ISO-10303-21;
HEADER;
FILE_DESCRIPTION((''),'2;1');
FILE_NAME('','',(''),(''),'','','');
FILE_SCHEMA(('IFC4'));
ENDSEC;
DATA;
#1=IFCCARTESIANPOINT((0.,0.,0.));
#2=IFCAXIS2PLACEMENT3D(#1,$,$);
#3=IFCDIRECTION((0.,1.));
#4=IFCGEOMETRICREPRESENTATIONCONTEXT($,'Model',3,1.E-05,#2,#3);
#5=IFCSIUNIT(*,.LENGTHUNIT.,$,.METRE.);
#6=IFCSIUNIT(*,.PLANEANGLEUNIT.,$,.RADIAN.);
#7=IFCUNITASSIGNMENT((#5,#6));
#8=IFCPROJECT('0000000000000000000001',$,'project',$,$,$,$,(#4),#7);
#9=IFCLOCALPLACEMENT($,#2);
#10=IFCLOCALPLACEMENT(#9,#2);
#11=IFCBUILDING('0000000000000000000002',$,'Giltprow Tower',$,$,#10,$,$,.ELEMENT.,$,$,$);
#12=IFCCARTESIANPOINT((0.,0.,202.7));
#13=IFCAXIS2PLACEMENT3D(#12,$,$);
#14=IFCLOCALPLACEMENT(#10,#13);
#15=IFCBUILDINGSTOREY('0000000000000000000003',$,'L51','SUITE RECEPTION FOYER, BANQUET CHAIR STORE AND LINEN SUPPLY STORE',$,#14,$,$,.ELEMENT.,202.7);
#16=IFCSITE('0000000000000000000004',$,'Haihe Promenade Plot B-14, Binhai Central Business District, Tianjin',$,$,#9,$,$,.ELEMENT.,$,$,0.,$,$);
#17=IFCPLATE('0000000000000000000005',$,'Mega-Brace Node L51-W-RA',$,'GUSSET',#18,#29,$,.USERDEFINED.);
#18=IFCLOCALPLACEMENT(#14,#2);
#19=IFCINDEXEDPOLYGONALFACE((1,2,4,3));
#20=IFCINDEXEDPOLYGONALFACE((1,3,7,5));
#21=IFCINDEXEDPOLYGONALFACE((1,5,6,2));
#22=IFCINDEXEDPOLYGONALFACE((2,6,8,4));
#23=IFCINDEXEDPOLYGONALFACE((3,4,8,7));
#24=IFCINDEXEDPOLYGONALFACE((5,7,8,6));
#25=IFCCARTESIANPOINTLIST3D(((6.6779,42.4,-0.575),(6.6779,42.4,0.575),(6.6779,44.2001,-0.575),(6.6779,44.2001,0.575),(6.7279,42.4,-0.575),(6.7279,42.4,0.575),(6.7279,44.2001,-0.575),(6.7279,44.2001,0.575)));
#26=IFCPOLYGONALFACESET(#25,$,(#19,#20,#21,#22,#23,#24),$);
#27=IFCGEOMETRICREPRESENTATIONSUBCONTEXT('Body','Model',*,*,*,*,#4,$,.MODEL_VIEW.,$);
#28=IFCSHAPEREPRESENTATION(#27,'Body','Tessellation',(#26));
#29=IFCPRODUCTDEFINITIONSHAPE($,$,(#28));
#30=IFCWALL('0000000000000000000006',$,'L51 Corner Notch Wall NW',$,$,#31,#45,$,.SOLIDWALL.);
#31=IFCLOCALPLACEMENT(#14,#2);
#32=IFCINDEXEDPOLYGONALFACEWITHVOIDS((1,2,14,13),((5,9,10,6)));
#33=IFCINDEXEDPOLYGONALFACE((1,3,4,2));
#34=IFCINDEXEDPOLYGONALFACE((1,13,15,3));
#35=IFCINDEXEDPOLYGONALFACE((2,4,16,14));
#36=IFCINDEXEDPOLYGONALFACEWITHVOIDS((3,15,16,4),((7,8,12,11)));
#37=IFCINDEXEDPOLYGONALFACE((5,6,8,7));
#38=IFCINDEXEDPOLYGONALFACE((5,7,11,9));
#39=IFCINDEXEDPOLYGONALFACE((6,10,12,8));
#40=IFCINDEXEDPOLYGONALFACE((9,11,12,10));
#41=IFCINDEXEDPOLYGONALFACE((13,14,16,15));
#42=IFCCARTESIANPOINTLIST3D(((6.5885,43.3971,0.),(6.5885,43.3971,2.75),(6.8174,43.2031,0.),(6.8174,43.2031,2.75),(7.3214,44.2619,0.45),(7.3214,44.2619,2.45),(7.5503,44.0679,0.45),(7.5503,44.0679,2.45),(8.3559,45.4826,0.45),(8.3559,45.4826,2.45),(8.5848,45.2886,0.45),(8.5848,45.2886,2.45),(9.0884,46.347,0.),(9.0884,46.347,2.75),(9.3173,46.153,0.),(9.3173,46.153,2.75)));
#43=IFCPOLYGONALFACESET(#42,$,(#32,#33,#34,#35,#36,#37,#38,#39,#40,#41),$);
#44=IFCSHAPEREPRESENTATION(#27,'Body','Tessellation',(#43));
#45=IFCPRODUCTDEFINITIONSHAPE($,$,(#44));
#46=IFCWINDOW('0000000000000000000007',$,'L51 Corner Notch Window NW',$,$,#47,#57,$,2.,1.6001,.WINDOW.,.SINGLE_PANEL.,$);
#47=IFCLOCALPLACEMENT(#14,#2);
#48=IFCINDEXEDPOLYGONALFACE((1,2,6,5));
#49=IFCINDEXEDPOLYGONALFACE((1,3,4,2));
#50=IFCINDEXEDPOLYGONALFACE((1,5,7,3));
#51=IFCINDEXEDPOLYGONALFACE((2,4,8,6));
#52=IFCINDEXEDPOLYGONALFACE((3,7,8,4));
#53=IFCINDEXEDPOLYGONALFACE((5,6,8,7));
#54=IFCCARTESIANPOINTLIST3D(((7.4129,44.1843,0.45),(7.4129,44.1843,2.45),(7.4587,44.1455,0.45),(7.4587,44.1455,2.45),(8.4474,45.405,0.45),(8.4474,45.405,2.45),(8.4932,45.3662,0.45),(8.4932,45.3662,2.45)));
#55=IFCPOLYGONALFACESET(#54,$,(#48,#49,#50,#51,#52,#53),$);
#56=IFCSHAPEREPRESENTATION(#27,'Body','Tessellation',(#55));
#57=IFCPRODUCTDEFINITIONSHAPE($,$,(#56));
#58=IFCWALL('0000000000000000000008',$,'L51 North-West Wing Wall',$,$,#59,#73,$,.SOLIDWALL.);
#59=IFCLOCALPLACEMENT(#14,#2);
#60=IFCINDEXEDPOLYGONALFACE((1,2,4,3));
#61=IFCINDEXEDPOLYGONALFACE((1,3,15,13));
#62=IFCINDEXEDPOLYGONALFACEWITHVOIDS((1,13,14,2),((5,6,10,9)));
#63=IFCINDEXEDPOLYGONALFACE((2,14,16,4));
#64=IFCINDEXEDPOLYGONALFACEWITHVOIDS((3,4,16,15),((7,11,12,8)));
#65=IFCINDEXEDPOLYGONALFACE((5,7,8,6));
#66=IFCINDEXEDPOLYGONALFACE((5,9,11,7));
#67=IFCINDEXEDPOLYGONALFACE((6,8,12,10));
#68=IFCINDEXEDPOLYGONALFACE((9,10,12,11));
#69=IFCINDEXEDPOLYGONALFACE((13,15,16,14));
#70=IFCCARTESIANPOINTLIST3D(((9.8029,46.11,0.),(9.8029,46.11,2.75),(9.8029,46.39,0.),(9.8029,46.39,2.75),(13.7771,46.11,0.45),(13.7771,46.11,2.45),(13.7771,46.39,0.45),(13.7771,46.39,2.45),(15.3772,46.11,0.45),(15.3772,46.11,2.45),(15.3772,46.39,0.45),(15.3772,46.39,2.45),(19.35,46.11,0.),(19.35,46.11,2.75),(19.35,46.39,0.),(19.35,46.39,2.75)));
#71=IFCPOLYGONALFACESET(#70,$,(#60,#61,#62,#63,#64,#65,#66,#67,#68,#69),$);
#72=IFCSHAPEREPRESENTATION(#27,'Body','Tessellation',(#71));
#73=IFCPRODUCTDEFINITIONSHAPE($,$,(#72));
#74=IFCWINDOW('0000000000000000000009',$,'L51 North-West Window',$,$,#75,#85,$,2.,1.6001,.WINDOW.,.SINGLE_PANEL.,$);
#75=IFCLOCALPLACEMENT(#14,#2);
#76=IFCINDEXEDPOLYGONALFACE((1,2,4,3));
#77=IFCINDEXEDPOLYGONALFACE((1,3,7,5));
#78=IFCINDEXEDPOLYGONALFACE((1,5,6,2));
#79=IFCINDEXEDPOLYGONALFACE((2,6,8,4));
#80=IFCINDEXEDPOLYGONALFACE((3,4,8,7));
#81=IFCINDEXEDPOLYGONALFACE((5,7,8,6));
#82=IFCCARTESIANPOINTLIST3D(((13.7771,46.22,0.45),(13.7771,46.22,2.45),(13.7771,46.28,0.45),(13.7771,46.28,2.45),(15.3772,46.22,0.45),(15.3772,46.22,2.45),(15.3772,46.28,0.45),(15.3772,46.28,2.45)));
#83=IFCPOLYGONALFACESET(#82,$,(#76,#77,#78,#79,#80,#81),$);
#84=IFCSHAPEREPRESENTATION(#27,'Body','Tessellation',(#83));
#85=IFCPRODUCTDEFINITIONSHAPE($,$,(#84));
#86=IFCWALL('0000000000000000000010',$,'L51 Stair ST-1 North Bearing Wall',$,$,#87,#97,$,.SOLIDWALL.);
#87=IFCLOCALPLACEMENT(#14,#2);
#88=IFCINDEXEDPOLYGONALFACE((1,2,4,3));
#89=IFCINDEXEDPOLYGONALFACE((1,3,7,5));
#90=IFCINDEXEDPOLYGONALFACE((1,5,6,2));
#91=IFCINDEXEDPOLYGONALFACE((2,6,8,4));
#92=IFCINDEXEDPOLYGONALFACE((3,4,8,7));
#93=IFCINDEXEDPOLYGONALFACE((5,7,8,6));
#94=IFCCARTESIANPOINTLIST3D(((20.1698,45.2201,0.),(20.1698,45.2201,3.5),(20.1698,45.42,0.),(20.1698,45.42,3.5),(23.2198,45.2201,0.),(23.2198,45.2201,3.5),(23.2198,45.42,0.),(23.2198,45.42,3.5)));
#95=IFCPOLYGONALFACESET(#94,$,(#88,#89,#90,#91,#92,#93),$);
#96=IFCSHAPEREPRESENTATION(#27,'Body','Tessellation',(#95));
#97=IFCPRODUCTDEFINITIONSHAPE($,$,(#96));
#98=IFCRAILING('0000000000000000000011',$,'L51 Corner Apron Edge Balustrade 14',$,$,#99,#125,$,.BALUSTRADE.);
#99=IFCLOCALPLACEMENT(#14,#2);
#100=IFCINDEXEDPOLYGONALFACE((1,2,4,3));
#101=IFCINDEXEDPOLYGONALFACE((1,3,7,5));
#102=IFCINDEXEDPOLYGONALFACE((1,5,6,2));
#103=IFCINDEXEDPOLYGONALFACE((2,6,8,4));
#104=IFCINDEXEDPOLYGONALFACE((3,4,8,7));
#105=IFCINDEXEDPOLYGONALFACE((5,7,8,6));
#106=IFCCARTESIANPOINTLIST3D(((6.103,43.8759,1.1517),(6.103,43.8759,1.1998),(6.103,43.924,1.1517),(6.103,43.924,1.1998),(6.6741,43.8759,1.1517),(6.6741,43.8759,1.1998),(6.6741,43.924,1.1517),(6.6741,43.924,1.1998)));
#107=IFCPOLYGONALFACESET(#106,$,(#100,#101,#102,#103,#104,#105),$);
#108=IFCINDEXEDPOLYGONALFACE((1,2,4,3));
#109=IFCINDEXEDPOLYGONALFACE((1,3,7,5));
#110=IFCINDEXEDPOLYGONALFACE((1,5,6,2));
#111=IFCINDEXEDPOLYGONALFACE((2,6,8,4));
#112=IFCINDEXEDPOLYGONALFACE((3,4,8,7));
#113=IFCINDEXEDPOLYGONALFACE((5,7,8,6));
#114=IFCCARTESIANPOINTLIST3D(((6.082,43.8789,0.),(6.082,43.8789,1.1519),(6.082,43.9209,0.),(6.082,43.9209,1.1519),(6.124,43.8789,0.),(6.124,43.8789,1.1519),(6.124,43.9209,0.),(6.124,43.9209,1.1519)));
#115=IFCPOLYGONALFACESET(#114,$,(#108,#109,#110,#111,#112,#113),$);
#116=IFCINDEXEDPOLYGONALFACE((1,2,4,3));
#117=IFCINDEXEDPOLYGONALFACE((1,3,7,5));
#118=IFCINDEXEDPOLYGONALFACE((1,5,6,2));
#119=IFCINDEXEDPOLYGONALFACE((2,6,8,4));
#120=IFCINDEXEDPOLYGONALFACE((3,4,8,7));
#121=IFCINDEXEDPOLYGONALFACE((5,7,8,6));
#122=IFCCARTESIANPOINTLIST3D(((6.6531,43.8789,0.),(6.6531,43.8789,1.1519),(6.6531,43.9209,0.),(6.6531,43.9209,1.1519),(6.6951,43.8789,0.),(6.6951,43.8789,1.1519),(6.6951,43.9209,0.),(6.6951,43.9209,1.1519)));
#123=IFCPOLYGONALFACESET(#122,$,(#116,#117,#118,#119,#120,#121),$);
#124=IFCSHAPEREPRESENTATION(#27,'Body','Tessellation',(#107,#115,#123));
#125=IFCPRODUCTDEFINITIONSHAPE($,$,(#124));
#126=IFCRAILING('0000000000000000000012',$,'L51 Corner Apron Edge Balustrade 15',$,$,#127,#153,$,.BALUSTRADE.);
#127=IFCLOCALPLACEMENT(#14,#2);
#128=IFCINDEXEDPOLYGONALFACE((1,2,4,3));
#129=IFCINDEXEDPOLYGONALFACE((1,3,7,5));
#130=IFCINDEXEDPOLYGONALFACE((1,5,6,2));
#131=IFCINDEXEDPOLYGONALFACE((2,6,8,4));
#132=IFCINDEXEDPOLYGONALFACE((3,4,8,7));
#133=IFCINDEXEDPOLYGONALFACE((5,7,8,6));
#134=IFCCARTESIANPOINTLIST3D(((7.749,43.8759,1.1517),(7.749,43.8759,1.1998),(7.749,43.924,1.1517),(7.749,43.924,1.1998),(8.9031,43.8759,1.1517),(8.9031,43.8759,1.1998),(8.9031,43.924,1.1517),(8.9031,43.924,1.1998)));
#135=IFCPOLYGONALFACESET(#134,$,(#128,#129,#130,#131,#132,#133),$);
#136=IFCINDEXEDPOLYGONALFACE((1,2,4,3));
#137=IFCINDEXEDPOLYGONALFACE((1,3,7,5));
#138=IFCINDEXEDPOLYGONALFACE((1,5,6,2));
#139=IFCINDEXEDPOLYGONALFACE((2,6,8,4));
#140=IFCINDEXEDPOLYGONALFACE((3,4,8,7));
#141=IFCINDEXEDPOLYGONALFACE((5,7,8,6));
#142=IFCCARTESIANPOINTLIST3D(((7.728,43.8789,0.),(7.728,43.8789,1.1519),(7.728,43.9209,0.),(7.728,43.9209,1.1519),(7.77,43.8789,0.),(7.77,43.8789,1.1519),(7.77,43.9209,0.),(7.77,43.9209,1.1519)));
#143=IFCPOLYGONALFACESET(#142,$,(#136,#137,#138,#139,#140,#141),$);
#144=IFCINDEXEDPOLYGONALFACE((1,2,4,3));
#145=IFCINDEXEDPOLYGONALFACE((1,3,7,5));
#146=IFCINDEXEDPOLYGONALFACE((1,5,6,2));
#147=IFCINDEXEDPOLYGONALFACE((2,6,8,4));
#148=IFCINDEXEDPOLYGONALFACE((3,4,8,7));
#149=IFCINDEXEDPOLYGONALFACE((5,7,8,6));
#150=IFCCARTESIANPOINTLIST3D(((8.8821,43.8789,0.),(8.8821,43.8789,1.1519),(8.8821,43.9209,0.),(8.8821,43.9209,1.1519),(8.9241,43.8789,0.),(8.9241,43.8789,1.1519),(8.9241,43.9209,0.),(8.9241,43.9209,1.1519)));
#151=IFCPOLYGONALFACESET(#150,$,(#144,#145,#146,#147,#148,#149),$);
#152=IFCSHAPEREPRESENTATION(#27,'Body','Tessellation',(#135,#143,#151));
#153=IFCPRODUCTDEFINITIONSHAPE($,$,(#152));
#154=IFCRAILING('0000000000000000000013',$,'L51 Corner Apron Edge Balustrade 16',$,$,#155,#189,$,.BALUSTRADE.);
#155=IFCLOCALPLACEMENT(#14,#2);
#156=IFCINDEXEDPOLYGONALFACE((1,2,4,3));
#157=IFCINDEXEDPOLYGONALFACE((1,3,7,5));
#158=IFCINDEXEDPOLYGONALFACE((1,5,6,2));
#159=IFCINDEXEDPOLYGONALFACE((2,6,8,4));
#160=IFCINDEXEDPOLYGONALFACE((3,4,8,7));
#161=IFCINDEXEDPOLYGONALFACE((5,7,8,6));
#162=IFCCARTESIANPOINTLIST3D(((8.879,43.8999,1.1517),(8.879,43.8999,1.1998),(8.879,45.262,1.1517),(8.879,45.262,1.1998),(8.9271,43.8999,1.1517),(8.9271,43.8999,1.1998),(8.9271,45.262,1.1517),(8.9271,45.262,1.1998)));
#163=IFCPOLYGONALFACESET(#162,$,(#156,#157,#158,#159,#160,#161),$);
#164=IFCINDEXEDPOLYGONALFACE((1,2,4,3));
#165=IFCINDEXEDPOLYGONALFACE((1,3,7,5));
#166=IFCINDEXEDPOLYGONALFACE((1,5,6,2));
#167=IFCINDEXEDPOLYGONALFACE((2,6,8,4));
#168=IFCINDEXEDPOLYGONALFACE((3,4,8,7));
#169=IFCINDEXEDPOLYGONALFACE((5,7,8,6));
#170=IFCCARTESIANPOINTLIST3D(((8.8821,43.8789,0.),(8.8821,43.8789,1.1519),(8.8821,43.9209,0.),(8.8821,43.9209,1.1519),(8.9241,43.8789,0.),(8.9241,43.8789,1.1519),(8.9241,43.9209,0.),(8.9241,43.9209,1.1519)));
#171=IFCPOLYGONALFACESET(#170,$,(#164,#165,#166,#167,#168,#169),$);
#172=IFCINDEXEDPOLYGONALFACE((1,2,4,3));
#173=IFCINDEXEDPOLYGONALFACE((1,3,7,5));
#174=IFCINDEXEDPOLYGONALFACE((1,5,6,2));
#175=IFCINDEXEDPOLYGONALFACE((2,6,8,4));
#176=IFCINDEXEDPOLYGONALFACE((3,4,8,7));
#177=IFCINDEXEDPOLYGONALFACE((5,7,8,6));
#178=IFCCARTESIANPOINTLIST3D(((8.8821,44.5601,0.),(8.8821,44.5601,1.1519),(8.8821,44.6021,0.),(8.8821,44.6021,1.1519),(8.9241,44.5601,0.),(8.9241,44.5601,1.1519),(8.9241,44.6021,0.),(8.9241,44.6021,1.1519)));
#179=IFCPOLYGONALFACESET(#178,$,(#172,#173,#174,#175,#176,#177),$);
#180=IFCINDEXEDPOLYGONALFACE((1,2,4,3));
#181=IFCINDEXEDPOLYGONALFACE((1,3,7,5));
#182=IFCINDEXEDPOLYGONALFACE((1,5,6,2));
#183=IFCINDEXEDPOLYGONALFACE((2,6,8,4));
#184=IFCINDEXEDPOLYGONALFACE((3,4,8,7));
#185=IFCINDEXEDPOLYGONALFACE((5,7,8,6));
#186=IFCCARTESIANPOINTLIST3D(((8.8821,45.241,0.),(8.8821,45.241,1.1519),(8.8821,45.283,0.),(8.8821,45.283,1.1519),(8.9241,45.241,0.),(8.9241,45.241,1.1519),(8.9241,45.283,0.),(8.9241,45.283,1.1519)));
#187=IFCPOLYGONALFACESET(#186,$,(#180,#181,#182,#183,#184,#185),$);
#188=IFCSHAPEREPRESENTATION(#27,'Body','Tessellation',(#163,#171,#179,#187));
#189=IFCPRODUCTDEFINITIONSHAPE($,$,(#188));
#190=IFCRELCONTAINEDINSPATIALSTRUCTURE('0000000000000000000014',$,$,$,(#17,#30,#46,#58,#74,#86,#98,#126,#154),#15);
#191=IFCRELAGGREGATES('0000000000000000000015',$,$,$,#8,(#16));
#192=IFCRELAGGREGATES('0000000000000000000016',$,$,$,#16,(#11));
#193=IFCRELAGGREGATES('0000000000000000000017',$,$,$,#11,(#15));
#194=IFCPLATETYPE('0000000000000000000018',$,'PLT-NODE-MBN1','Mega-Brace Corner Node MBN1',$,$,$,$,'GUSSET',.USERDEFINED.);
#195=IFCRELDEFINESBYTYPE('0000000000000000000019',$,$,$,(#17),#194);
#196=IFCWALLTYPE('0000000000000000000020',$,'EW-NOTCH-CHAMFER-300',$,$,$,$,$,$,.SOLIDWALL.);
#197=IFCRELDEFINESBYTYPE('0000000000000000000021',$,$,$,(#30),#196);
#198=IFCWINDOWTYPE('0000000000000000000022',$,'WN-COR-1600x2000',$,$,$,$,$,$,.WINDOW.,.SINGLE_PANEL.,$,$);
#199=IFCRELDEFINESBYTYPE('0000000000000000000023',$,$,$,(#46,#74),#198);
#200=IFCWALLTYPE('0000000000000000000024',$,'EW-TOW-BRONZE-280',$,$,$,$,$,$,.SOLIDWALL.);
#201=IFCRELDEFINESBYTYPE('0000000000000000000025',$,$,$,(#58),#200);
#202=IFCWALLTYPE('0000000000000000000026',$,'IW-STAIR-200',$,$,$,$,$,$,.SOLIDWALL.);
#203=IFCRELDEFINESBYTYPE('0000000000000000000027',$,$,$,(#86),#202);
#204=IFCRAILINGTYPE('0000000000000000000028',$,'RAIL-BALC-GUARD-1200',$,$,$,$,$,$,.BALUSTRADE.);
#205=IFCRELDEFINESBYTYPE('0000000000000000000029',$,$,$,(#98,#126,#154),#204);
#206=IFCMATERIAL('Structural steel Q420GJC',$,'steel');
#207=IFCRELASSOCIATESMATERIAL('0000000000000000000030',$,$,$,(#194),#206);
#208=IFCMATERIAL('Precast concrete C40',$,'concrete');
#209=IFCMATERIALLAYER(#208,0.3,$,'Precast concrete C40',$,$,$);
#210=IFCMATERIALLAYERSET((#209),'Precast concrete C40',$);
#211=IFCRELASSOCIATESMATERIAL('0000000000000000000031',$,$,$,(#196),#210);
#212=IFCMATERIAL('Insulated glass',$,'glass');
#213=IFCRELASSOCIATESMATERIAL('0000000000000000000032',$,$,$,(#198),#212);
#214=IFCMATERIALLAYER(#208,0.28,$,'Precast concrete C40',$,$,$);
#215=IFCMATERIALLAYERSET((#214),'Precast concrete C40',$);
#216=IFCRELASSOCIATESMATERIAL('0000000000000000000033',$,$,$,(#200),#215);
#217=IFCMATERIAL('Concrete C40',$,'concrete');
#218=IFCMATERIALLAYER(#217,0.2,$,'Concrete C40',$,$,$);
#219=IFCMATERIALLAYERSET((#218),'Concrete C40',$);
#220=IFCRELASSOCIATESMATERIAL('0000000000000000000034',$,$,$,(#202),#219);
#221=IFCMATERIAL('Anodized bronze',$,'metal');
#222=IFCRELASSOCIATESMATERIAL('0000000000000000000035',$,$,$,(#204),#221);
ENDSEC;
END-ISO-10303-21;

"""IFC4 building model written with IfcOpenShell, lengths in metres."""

from ifc_helpers import new_model, si_unit, direction, frame, frame_2d, origin, origin_2d, place, context, subcontext, project, spatial, rectangle, extrude, source, transform, mapped, material, layer, layer_set, type_object, element, fill, save


model = new_model("IFC4")

# Units and contexts
model_context = context("Model", 3, precision=1e-05, world=origin(), true_north=direction((0.0, 1.0)))
body_context = subcontext(model_context, "Body", "Model", "MODEL_VIEW")
ifc_project = project(units=[si_unit("LENGTHUNIT", "METRE"), si_unit("PLANEANGLEUNIT", "RADIAN")], contexts=[model_context])

# Site, building, storey
site_placement = place(None, origin())
site = spatial("IfcSite", under=ifc_project, at=site_placement, Name="Haihe Promenade Plot B-14, Binhai Central Business District, Tianjin", CompositionType="ELEMENT", RefElevation=0.0)
building_placement = place(site_placement, origin())
building = spatial("IfcBuilding", under=site, at=building_placement, Name="Giltprow Tower", CompositionType="ELEMENT")
storey_placement = place(building_placement, frame((0.0, 0.0, 202.7)))
storey = spatial("IfcBuildingStorey", under=building, at=storey_placement, Name="L51", Description="SUITE RECEPTION FOYER, BANQUET CHAIR STORE AND LINEN SUPPLY STORE", CompositionType="ELEMENT", Elevation=202.7)

# Shared definitions
ifc_material_1 = material(Name="Structural steel Q420GJC", Category="steel")

# Plate
plate_type = type_object("IfcPlateType", Name="PLT-NODE-MBN1", Description="Mega-Brace Corner Node MBN1", ElementType="GUSSET", PredefinedType="USERDEFINED", material=ifc_material_1)
shared_shape_1 = source(origin(), body_context, "Body", "SweptSolid", [
    extrude(rectangle(XDim=1.8, YDim=0.05, at=origin_2d()), origin(), (0.0, 0.0, 1.0), 1.1499),
])
for number, where, z_axis, x_axis, name in (
    (1, (6.7029, 43.3, -0.575), (0.0, 0.0, 1.0), (0.0, 1.0, 0.0), "Mega-Brace Node L51-W-RA"),
):
    element("IfcPlate", number, at=place(storey_placement, frame(where, z_axis=z_axis, x_axis=x_axis)), inside=storey, type_object=plate_type, Name=name, ObjectType="GUSSET", PredefinedType="USERDEFINED", context=body_context, shape_type="MappedRepresentation", body=[
        mapped(shared_shape_1, transform((0.0, 0.0, 0.0), x_axis=(1.0, 0.0, 0.0), y_axis=(0.0, 1.0, 0.0), z_axis=(0.0, 0.0, 1.0), scale=1.0)),
    ])

# Walls, openings, windows
ifc_material_2 = material(Name="Precast concrete C40", Category="concrete")
ifc_layer_1 = layer(ifc_material_2, 0.3, Name="Precast concrete C40")
ifc_layer_set_1 = layer_set([ifc_layer_1], Name="Precast concrete C40")
wall_type_1 = type_object("IfcWallType", Name="EW-NOTCH-CHAMFER-300", PredefinedType="SOLIDWALL", material=ifc_layer_set_1)
wall_1_placement = place(storey_placement, frame((9.2029, 46.25, 0.0), z_axis=(0.0, 0.0, 1.0), x_axis=(-0.646528, -0.76289, 0.0)))
wall_1 = element("IfcWall", 2, at=wall_1_placement, inside=storey, type_object=wall_type_1, Name="L51 Corner Notch Wall NW", PredefinedType="SOLIDWALL", context=body_context, shape_type="SweptSolid", body=[
    extrude(rectangle(XDim=3.8667, YDim=0.3, at=frame_2d((1.9333, 0.0))), origin(), (0.0, 0.0, 1.0), 2.75),
])
opening_1_placement = place(wall_1_placement, frame((1.1331, 0.0, 0.45)))
opening_1 = element("IfcOpeningElement", 3, at=opening_1_placement, cuts=wall_1, PredefinedType="OPENING", context=body_context, shape_type="SweptSolid", body=[
    extrude(rectangle(XDim=1.6001, YDim=2.0, at=frame_2d((0.8, 1.0))), frame((0.0, 0.1599, 0.0), z_axis=(0.0, -1.0, 0.0), x_axis=(1.0, 0.0, 0.0)), (0.0, 0.0, 1.0), 0.3201),
])
ifc_material_3 = material(Name="Insulated glass", Category="glass")
window_type = type_object("IfcWindowType", Name="WN-COR-1600x2000", PartitioningType="SINGLE_PANEL", PredefinedType="WINDOW", material=ifc_material_3)
shared_shape_2 = source(origin(), body_context, "Body", "SweptSolid", [
    extrude(rectangle(XDim=1.6001, YDim=2.0, at=frame_2d((0.8, 1.0))), frame((0.0, 0.03, 0.0), z_axis=(0.0, -1.0, 0.0), x_axis=(1.0, 0.0, 0.0)), (0.0, 0.0, 1.0), 0.0601),
])
window_1_placement = place(opening_1_placement, origin())
window_1 = element("IfcWindow", 4, at=window_1_placement, inside=storey, type_object=window_type, Name="L51 Corner Notch Window NW", OverallHeight=2.0, OverallWidth=1.6001, PartitioningType="SINGLE_PANEL", PredefinedType="WINDOW", context=body_context, shape_type="MappedRepresentation", body=[
    mapped(shared_shape_2, transform((0.0, 0.0, 0.0), x_axis=(1.0, 0.0, 0.0), y_axis=(0.0, 1.0, 0.0), z_axis=(0.0, 0.0, 1.0), scale=1.0)),
])
fill(opening_1, window_1)
ifc_layer_2 = layer(ifc_material_2, 0.28, Name="Precast concrete C40")
ifc_layer_set_2 = layer_set([ifc_layer_2], Name="Precast concrete C40")
wall_type_2 = type_object("IfcWallType", Name="EW-TOW-BRONZE-280", PredefinedType="SOLIDWALL", material=ifc_layer_set_2)
wall_2_placement = place(storey_placement, frame((9.803, 46.25, 0.0), z_axis=(0.0, 0.0, 1.0), x_axis=(1.0, 0.0, 0.0)))
wall_2 = element("IfcWall", 5, at=wall_2_placement, inside=storey, type_object=wall_type_2, Name="L51 North-West Wing Wall", PredefinedType="SOLIDWALL", context=body_context, shape_type="SweptSolid", body=[
    extrude(rectangle(XDim=9.5471, YDim=0.28, at=frame_2d((4.7734, 0.0))), origin(), (0.0, 0.0, 1.0), 2.75),
])
opening_2_placement = place(wall_2_placement, frame((3.9741, 0.0, 0.45)))
opening_2 = element("IfcOpeningElement", 6, at=opening_2_placement, cuts=wall_2, PredefinedType="OPENING", context=body_context, shape_type="SweptSolid", body=[
    extrude(rectangle(XDim=1.6001, YDim=2.0, at=frame_2d((0.8, 1.0))), frame((0.0, 0.1499, 0.0), z_axis=(0.0, -1.0, 0.0), x_axis=(1.0, 0.0, 0.0)), (0.0, 0.0, 1.0), 0.3),
])
window_2_placement = place(opening_2_placement, origin())
window_2 = element("IfcWindow", 7, at=window_2_placement, inside=storey, type_object=window_type, Name="L51 North-West Window", OverallHeight=2.0, OverallWidth=1.6001, PartitioningType="SINGLE_PANEL", PredefinedType="WINDOW", context=body_context, shape_type="MappedRepresentation", body=[
    mapped(shared_shape_2, transform((0.0, 0.0, 0.0), x_axis=(1.0, 0.0, 0.0), y_axis=(0.0, 1.0, 0.0), z_axis=(0.0, 0.0, 1.0), scale=1.0)),
])
fill(opening_2, window_2)

# Wall
ifc_material_4 = material(Name="Concrete C40", Category="concrete")
ifc_layer_3 = layer(ifc_material_4, 0.2, Name="Concrete C40")
ifc_layer_set_3 = layer_set([ifc_layer_3], Name="Concrete C40")
wall_type_3 = type_object("IfcWallType", Name="IW-STAIR-200", PredefinedType="SOLIDWALL", material=ifc_layer_set_3)
wall_3_placement = place(storey_placement, frame((20.1699, 45.3201, 0.0), z_axis=(0.0, 0.0, 1.0), x_axis=(1.0, 0.0, 0.0)))
element("IfcWall", 8, at=wall_3_placement, inside=storey, type_object=wall_type_3, Name="L51 Stair ST-1 North Bearing Wall", PredefinedType="SOLIDWALL", context=body_context, shape_type="SweptSolid", body=[
    extrude(rectangle(XDim=3.05, YDim=0.2, at=frame_2d((1.5249, 0.0))), origin(), (0.0, 0.0, 1.0), 3.5),
])

# Railings
ifc_material_5 = material(Name="Anodized bronze", Category="metal")
railing_type = type_object("IfcRailingType", Name="RAIL-BALC-GUARD-1200", PredefinedType="BALUSTRADE", material=ifc_material_5)
railing_1_placement = place(storey_placement, frame((6.103, 43.8999, 0.0)))
element("IfcRailing", 9, at=railing_1_placement, inside=storey, type_object=railing_type, Name="L51 Corner Apron Edge Balustrade 14", PredefinedType="BALUSTRADE", context=body_context, shape_type="SweptSolid", body=[
    extrude(rectangle(XDim=0.0481, YDim=0.0481, at=origin_2d()), frame((0.0, 0.0, 1.1758), z_axis=(1.0, 0.0, 0.0), x_axis=(0.0, 1.0, 0.0)), (0.0, 0.0, 1.0), 0.571),
    extrude(rectangle(XDim=0.042, YDim=0.042, at=origin_2d()), origin(), (0.0, 0.0, 1.0), 1.1519),
    extrude(rectangle(XDim=0.042, YDim=0.042, at=origin_2d()), frame((0.571, 0.0, 0.0)), (0.0, 0.0, 1.0), 1.1519),
])
railing_2_placement = place(storey_placement, frame((7.749, 43.8999, 0.0)))
element("IfcRailing", 10, at=railing_2_placement, inside=storey, type_object=railing_type, Name="L51 Corner Apron Edge Balustrade 15", PredefinedType="BALUSTRADE", context=body_context, shape_type="SweptSolid", body=[
    extrude(rectangle(XDim=0.0481, YDim=0.0481, at=origin_2d()), frame((0.0, 0.0, 1.1758), z_axis=(1.0, 0.0, 0.0), x_axis=(0.0, 1.0, 0.0)), (0.0, 0.0, 1.0), 1.1541),
    extrude(rectangle(XDim=0.042, YDim=0.042, at=origin_2d()), origin(), (0.0, 0.0, 1.0), 1.1519),
    extrude(rectangle(XDim=0.042, YDim=0.042, at=origin_2d()), frame((1.1541, 0.0, 0.0)), (0.0, 0.0, 1.0), 1.1519),
])
railing_3_placement = place(storey_placement, frame((8.9031, 43.8999, 0.0)))
element("IfcRailing", 11, at=railing_3_placement, inside=storey, type_object=railing_type, Name="L51 Corner Apron Edge Balustrade 16", PredefinedType="BALUSTRADE", context=body_context, shape_type="SweptSolid", body=[
    extrude(rectangle(XDim=0.0481, YDim=0.0481, at=origin_2d()), frame((0.0, 0.0, 1.1758), z_axis=(0.0, 1.0, 0.0), x_axis=(-1.0, 0.0, 0.0)), (0.0, 0.0, 1.0), 1.3621),
    extrude(rectangle(XDim=0.042, YDim=0.042, at=origin_2d()), origin(), (0.0, 0.0, 1.0), 1.1519),
    extrude(rectangle(XDim=0.042, YDim=0.042, at=origin_2d()), frame((0.0, 0.6812, 0.0)), (0.0, 0.0, 1.0), 1.1519),
    extrude(rectangle(XDim=0.042, YDim=0.042, at=origin_2d()), frame((0.0, 1.3621, 0.0)), (0.0, 0.0, 1.0), 1.1519),
])

save(model, "model.ifc")
